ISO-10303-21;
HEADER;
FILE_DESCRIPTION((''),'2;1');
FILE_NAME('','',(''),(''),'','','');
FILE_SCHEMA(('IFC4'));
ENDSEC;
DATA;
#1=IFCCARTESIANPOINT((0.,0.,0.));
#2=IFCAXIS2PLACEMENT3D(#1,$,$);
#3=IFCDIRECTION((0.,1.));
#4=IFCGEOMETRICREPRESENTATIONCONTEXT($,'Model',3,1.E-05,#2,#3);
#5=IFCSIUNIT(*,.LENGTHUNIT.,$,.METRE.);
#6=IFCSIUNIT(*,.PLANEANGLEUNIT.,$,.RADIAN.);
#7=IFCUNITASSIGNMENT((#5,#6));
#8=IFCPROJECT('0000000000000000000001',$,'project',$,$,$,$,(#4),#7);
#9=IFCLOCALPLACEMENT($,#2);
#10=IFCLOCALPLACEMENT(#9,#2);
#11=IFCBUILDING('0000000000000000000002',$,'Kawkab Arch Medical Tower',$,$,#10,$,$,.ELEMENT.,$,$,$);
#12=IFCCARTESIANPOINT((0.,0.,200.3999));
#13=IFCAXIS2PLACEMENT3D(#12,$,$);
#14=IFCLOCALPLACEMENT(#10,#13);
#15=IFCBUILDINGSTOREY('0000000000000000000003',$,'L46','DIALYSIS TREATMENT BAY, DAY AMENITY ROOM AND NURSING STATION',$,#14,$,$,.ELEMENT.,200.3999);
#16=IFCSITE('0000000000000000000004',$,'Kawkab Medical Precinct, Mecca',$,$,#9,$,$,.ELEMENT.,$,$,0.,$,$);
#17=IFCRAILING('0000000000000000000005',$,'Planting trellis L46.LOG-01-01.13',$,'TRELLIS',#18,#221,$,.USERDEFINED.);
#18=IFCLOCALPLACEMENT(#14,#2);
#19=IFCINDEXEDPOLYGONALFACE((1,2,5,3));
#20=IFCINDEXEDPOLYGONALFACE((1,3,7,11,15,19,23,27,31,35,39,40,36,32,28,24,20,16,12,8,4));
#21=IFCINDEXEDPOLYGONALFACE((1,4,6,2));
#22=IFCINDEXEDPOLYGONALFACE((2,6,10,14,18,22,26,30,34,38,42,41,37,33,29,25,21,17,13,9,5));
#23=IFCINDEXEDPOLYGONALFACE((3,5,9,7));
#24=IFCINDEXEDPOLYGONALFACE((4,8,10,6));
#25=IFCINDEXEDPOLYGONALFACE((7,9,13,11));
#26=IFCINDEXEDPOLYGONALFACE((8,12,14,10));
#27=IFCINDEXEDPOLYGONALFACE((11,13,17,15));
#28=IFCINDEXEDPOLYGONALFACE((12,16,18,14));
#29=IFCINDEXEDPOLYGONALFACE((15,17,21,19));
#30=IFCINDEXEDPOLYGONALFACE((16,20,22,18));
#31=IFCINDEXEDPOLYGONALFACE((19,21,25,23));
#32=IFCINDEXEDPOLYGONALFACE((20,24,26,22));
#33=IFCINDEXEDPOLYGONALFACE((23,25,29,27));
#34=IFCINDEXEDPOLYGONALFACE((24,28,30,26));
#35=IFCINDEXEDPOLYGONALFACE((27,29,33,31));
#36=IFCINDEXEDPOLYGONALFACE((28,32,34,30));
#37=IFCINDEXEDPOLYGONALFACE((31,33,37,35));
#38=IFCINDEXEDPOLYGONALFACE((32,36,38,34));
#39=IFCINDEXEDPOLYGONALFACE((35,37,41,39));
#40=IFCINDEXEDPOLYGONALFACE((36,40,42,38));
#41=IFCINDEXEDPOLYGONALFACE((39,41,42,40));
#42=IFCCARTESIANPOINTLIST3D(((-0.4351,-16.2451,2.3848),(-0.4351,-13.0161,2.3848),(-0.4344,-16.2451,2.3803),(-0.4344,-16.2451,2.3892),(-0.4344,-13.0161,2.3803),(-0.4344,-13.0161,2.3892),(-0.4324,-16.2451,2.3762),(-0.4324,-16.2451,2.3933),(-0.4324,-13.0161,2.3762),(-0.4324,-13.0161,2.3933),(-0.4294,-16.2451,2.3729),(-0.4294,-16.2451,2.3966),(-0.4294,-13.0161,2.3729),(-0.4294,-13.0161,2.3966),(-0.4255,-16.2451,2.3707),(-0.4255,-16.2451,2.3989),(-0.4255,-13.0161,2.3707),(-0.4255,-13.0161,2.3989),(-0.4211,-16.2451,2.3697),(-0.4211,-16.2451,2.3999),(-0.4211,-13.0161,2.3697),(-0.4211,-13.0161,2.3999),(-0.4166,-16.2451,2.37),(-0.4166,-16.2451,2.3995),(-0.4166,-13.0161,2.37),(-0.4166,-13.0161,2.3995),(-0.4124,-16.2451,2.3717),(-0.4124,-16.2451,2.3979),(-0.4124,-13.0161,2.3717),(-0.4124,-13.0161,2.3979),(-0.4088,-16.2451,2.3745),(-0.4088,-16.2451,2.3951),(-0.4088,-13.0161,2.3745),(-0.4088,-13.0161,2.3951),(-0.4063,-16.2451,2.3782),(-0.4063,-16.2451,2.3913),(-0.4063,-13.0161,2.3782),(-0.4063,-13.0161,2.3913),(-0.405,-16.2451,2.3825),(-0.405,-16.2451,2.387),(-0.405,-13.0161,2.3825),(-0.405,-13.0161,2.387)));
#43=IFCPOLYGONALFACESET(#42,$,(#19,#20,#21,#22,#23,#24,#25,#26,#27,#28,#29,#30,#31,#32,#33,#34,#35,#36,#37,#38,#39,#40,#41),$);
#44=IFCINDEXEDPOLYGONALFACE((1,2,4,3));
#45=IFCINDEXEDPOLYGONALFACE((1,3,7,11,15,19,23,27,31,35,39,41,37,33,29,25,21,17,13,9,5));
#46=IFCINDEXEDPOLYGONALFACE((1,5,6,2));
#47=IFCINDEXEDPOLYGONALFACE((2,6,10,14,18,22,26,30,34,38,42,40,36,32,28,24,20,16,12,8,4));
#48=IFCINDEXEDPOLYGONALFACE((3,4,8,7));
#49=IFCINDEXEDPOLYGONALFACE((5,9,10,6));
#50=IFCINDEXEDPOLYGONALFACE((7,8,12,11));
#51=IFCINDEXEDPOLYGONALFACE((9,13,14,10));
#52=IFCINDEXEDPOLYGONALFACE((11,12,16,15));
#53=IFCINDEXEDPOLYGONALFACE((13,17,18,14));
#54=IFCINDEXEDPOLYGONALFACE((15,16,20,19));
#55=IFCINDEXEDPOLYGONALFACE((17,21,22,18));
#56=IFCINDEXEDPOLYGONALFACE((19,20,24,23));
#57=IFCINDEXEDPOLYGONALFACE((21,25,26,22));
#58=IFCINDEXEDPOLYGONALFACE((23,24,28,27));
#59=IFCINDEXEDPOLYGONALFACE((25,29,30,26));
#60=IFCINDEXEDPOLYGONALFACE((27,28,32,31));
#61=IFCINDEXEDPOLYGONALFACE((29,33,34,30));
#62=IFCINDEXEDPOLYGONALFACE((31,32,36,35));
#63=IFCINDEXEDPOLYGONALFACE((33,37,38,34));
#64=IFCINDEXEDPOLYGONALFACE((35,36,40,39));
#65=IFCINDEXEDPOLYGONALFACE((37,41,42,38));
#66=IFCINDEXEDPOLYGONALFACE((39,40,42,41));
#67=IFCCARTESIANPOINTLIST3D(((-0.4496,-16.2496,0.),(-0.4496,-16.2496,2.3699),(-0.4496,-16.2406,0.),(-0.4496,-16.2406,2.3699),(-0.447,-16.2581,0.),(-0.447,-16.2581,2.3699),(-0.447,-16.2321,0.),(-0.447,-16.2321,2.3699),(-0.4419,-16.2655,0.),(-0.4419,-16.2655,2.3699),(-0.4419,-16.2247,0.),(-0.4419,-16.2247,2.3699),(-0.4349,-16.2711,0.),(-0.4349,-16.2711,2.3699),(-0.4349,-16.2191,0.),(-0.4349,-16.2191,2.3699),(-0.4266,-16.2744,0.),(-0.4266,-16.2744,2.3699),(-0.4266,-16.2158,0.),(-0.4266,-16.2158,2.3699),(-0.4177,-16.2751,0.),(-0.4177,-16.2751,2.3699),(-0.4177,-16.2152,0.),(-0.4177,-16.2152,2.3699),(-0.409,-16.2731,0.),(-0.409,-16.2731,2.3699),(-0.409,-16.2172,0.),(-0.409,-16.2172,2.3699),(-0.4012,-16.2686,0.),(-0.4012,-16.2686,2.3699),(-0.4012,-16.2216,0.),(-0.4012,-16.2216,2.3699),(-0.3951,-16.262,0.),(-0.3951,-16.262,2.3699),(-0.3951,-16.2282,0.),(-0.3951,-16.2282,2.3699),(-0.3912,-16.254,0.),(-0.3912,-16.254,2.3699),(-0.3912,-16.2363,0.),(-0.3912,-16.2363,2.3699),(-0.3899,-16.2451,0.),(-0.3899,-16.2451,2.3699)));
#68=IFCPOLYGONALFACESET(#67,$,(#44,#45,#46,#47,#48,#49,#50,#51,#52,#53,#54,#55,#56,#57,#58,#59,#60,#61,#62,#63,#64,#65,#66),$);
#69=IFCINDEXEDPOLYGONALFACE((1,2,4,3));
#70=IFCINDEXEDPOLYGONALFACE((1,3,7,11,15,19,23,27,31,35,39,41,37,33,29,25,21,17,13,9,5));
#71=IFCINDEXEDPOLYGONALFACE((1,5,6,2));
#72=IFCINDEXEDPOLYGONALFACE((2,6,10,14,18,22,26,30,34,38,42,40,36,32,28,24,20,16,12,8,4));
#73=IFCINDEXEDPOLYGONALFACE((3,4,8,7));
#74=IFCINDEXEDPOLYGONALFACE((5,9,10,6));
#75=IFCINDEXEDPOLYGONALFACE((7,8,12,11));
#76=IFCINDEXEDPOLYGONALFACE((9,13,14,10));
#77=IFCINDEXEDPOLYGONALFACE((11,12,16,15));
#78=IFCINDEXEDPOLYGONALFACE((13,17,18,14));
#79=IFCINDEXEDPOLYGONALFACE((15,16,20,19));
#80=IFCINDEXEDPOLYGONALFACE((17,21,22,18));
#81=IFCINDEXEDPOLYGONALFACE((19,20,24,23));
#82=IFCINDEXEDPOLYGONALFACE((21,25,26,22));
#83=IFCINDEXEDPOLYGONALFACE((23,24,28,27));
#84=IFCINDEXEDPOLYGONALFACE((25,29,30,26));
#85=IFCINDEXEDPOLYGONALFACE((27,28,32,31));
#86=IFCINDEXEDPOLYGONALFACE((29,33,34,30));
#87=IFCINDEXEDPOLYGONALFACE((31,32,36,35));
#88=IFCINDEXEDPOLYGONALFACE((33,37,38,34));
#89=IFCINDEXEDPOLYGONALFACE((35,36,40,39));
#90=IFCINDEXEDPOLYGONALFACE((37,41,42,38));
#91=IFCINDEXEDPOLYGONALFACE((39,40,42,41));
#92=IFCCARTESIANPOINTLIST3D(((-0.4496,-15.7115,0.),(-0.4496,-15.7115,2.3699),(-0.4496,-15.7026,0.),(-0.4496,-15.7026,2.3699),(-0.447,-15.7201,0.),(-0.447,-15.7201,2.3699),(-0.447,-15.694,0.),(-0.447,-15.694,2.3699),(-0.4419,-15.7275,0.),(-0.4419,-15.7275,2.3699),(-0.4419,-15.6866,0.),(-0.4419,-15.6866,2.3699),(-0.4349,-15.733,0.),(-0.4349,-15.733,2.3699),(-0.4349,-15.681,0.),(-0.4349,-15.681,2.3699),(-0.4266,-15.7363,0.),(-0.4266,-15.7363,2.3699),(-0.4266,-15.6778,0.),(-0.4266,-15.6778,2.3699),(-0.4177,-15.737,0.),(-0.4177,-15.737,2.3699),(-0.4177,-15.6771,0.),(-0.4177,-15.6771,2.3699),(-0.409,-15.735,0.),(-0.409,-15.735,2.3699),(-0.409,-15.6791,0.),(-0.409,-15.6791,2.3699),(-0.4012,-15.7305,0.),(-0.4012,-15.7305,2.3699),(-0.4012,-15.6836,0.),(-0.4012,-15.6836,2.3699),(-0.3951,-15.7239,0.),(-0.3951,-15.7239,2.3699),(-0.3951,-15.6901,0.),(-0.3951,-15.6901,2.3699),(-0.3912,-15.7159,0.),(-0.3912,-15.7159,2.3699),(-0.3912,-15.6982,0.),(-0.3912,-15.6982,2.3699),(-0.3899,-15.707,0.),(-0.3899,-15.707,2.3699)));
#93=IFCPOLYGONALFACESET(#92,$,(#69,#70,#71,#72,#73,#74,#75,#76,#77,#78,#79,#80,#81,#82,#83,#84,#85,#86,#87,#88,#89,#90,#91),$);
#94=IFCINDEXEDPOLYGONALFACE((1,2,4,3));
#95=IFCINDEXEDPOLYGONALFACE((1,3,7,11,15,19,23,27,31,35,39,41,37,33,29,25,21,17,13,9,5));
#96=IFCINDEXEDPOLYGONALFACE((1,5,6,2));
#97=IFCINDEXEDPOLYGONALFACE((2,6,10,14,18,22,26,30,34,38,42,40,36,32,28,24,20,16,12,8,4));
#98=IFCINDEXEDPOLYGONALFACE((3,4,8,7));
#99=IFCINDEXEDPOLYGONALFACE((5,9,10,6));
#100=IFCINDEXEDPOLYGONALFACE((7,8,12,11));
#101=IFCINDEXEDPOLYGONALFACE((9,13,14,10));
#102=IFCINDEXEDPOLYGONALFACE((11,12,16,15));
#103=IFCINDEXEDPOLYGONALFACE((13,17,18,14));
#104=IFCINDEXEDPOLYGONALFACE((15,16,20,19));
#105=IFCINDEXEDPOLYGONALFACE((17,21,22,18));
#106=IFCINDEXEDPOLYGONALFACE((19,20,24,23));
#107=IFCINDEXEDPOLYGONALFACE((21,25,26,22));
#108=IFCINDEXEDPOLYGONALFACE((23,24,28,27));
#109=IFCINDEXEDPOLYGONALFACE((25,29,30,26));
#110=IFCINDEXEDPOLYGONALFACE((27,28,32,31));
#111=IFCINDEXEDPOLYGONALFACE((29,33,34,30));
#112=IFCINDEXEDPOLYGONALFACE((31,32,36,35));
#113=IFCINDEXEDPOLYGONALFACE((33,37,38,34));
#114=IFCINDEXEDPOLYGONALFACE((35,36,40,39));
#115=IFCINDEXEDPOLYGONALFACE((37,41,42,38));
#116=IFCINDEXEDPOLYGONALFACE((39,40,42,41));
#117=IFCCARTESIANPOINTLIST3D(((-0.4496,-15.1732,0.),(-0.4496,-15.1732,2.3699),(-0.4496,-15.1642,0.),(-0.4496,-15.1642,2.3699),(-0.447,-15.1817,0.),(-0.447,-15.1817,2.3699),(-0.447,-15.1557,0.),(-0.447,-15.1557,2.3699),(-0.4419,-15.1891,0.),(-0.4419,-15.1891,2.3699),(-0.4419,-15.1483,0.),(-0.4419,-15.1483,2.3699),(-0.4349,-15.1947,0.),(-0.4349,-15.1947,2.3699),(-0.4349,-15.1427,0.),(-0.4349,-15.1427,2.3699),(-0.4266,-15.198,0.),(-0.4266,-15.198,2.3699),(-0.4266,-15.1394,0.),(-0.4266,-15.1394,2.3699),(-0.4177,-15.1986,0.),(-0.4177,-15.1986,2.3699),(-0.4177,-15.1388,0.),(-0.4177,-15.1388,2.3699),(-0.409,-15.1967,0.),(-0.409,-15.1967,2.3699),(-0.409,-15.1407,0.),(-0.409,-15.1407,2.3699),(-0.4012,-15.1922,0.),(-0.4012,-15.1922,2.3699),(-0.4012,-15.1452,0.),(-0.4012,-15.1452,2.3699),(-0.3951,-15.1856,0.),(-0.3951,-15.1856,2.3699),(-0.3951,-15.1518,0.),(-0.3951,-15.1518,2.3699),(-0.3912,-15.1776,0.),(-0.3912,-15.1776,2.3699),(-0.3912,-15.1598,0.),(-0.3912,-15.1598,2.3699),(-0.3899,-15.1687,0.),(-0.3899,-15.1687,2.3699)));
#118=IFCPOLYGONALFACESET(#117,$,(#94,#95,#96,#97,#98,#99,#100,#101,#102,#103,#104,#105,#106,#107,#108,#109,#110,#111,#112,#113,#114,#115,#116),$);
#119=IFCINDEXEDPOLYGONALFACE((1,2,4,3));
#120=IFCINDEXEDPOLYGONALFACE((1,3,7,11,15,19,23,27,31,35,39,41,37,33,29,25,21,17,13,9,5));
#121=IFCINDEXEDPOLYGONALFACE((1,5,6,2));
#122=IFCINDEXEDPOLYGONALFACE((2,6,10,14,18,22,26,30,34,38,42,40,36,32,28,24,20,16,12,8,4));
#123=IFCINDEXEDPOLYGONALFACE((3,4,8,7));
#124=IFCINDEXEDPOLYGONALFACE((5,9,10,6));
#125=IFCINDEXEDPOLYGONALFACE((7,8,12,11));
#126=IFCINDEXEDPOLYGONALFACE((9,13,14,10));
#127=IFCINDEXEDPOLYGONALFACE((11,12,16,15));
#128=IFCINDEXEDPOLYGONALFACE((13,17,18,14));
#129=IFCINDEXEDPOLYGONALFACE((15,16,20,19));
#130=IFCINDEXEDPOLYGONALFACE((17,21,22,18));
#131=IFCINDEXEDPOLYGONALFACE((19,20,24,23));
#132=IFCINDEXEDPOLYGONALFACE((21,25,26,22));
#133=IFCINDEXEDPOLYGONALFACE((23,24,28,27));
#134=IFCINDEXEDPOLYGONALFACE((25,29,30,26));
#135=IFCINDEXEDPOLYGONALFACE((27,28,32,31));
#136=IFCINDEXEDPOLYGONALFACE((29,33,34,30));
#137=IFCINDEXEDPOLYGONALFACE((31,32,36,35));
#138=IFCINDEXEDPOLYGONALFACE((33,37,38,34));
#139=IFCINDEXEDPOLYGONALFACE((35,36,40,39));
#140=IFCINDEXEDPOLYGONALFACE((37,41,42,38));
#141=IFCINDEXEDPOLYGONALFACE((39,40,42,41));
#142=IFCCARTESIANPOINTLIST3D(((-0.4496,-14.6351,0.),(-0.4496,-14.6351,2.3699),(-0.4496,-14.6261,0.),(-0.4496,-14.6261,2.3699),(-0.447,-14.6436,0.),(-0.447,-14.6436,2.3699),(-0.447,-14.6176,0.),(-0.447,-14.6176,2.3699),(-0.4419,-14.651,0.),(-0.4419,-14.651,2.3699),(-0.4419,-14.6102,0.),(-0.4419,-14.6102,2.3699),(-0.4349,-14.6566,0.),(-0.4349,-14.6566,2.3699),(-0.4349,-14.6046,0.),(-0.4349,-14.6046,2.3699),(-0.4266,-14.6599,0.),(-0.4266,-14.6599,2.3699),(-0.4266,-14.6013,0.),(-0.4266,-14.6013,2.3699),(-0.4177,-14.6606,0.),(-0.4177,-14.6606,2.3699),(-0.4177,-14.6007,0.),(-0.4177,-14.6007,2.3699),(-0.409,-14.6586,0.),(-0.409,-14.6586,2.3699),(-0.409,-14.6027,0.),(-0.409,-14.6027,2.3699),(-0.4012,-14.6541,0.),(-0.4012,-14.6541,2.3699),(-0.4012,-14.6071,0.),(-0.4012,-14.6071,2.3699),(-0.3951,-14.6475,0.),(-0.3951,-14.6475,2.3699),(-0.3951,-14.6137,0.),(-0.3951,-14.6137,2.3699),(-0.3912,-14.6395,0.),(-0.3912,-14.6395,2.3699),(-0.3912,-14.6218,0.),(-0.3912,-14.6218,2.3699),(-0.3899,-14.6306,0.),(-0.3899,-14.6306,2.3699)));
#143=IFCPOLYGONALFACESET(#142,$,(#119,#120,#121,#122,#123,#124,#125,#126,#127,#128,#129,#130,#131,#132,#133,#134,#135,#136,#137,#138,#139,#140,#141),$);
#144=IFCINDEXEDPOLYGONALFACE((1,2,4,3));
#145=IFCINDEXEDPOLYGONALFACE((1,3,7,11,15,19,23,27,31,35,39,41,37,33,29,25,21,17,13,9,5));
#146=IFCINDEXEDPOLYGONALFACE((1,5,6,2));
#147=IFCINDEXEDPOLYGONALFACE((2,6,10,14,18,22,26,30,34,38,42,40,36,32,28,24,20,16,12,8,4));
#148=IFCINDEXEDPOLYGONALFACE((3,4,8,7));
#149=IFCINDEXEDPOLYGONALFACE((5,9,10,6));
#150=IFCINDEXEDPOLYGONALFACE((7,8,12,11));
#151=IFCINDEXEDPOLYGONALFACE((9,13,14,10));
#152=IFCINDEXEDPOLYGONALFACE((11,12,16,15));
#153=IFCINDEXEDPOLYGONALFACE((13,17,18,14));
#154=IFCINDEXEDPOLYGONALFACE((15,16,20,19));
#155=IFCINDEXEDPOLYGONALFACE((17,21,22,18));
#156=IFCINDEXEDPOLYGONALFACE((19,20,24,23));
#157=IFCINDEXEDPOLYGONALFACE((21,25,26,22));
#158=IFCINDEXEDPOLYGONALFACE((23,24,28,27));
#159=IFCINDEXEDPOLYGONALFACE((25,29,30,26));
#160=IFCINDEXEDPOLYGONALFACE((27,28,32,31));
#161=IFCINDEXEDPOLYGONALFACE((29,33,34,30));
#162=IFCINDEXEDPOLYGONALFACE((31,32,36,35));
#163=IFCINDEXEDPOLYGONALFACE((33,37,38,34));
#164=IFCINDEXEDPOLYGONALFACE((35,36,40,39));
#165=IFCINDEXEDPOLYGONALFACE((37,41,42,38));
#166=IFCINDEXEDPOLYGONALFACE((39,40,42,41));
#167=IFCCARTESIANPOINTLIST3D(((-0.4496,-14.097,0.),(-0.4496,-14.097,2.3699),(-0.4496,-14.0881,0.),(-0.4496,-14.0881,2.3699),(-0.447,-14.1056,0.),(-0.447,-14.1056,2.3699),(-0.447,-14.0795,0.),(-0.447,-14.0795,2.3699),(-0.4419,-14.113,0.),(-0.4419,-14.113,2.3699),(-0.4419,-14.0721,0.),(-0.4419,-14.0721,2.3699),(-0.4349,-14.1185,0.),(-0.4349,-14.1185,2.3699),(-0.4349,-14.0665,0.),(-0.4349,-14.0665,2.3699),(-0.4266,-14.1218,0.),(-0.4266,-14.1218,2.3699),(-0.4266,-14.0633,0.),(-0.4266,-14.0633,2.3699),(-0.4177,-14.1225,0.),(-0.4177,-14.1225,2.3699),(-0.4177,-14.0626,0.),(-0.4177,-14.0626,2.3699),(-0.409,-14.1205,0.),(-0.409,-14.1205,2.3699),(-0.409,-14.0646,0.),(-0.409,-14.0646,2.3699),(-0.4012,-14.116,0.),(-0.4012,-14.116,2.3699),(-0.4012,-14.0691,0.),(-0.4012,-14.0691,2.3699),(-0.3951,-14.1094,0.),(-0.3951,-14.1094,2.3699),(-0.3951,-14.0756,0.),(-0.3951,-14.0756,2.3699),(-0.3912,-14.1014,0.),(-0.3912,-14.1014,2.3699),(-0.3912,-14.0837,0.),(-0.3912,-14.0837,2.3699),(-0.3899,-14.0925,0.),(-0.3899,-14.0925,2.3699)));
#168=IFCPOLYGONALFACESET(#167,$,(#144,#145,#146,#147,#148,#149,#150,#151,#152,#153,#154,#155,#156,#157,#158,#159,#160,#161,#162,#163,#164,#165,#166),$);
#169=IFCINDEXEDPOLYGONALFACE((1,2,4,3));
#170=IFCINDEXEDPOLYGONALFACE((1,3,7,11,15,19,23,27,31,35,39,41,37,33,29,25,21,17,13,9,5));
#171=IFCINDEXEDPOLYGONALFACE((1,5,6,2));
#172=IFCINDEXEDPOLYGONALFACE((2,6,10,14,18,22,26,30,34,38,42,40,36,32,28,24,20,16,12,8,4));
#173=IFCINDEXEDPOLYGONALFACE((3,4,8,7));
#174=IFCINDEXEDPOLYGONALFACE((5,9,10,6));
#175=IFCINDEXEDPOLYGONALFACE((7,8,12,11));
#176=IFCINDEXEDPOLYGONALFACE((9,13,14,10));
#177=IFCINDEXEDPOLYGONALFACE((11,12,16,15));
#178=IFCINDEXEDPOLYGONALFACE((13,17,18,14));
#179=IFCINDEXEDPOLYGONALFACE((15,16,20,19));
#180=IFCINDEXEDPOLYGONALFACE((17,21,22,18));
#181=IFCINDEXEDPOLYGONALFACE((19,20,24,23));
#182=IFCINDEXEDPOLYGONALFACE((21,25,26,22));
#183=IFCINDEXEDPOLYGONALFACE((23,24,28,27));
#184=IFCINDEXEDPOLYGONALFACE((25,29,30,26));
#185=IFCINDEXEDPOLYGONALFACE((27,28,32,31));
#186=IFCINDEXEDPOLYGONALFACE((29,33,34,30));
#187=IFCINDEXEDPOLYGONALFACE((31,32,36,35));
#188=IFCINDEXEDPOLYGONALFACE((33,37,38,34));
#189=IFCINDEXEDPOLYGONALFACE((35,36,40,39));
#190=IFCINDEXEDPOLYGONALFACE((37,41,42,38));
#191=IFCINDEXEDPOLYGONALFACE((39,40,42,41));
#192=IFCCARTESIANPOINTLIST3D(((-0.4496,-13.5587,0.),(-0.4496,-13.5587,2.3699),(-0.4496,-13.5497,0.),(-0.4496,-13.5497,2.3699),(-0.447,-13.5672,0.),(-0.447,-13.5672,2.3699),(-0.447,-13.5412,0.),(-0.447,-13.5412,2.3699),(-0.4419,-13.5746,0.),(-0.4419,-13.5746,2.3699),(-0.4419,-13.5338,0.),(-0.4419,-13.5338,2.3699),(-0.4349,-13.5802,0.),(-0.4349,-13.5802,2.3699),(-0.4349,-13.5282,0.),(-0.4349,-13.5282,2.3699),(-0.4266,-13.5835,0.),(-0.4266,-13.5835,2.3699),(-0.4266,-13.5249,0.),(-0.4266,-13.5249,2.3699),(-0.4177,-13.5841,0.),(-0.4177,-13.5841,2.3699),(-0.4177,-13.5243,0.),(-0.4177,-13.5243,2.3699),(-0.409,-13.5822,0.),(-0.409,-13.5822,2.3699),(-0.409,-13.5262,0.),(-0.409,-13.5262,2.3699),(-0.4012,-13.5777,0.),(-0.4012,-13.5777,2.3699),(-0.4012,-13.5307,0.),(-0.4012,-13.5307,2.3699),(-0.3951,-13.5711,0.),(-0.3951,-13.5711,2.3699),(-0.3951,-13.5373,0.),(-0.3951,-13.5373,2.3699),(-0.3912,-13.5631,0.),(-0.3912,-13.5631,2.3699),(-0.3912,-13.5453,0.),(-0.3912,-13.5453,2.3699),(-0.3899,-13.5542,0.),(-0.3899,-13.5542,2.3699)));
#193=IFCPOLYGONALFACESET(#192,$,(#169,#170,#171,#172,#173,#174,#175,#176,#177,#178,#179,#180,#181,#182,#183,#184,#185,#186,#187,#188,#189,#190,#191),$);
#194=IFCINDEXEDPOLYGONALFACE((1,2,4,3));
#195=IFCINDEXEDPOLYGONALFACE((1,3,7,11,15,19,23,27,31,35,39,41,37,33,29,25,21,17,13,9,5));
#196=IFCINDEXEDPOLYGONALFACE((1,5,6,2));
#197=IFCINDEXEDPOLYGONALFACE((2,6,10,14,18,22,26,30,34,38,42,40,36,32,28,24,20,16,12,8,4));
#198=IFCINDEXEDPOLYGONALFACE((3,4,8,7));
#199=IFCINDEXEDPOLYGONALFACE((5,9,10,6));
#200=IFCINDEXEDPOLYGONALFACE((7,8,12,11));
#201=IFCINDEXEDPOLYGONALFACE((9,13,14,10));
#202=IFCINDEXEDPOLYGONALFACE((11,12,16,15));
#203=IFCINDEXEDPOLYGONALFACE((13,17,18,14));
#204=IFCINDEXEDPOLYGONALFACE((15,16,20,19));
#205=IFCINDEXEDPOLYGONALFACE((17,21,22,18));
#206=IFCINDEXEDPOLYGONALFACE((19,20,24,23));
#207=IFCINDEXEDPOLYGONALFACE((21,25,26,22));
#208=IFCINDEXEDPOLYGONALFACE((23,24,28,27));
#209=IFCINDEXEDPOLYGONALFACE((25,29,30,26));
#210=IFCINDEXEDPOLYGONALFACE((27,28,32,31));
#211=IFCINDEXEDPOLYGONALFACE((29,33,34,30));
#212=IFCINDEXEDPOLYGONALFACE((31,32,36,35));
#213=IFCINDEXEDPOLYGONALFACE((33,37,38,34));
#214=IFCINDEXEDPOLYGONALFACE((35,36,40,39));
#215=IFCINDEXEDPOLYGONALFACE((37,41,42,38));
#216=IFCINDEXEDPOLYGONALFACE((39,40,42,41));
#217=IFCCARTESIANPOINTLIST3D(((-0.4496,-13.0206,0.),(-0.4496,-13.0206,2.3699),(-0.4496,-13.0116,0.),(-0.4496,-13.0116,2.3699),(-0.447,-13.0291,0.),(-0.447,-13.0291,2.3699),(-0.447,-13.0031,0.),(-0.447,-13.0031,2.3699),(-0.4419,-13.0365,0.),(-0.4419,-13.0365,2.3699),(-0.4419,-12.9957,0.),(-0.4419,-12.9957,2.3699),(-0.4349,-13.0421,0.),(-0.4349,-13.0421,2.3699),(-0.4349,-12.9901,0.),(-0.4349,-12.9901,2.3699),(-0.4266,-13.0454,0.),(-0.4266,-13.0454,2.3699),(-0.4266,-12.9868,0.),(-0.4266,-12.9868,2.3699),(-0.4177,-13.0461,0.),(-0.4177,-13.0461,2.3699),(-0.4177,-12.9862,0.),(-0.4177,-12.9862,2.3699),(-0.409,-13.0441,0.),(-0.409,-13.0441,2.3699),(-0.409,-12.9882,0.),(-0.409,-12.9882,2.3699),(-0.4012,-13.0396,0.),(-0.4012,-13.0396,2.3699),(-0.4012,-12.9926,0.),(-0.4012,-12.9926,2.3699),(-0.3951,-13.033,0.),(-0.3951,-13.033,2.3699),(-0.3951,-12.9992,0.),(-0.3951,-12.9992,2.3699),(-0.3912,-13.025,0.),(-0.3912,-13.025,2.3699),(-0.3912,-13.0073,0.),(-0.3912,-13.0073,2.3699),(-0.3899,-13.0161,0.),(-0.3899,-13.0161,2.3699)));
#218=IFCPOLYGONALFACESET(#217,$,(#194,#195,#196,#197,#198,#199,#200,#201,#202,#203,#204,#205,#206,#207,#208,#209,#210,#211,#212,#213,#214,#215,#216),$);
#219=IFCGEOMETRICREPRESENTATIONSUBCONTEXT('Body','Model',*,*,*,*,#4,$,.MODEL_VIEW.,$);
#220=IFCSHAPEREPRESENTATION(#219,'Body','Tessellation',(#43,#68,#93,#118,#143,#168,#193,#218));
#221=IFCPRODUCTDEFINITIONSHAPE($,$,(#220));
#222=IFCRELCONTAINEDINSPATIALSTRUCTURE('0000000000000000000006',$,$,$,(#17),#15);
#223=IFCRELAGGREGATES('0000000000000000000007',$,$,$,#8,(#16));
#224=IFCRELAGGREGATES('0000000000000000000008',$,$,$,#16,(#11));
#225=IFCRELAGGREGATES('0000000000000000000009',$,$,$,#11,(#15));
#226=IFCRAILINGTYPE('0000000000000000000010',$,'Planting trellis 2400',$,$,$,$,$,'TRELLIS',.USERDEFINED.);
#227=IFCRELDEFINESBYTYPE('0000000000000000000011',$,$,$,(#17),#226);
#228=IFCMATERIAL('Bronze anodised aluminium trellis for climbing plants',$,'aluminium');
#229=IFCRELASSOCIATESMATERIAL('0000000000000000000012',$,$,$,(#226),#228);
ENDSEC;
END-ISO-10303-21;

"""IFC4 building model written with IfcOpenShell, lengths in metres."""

from ifc_helpers import new_model, si_unit, direction, frame, origin, origin_2d, place, context, subcontext, project, spatial, circle, extrude, material, type_object, element, save


model = new_model("IFC4")

# Units and contexts
model_context = context("Model", 3, precision=1e-05, world=origin(), true_north=direction((0.0, 1.0)))
body_context = subcontext(model_context, "Body", "Model", "MODEL_VIEW")
ifc_project = project(units=[si_unit("LENGTHUNIT", "METRE"), si_unit("PLANEANGLEUNIT", "RADIAN")], contexts=[model_context])

# Site, building, storey
site_placement = place(None, origin())
site = spatial("IfcSite", under=ifc_project, at=site_placement, Name="Kawkab Medical Precinct, Mecca", CompositionType="ELEMENT", RefElevation=0.0)
building_placement = place(site_placement, origin())
building = spatial("IfcBuilding", under=site, at=building_placement, Name="Kawkab Arch Medical Tower", CompositionType="ELEMENT")
storey_placement = place(building_placement, frame((0.0, 0.0, 200.3999)))
storey = spatial("IfcBuildingStorey", under=building, at=storey_placement, Name="L46", Description="DIALYSIS TREATMENT BAY, DAY AMENITY ROOM AND NURSING STATION", CompositionType="ELEMENT", Elevation=200.3999)

# Railing
ifc_material_1 = material(Name="Bronze anodised aluminium trellis for climbing plants", Category="aluminium")
railing_type_1 = type_object("IfcRailingType", Name="Planting trellis 2400", ElementType="TRELLIS", PredefinedType="USERDEFINED", material=ifc_material_1)
railing_1_placement = place(storey_placement, frame((-0.4199, -16.2451, 0.0)))
element("IfcRailing", 1, at=railing_1_placement, inside=storey, type_object=railing_type_1, Name="Planting trellis L46.LOG-01-01.13", ObjectType="TRELLIS", PredefinedType="USERDEFINED", context=body_context, shape_type="SweptSolid", body=[
    extrude(circle(Radius=0.0151, at=origin_2d()), frame((0.0, 0.0, 2.3848), z_axis=(0.0, 1.0, 0.0), x_axis=(-1.0, 0.0, 0.0)), (0.0, 0.0, 1.0), 3.229),
    extrude(circle(Radius=0.03, at=origin_2d()), origin(), (0.0, 0.0, 1.0), 2.3699),
    extrude(circle(Radius=0.03, at=origin_2d()), frame((0.0, 0.5381, 0.0)), (0.0, 0.0, 1.0), 2.3699),
    extrude(circle(Radius=0.03, at=origin_2d()), frame((0.0, 1.0764, 0.0)), (0.0, 0.0, 1.0), 2.3699),
    extrude(circle(Radius=0.03, at=origin_2d()), frame((0.0, 1.6145, 0.0)), (0.0, 0.0, 1.0), 2.3699),
    extrude(circle(Radius=0.03, at=origin_2d()), frame((0.0, 2.1526, 0.0)), (0.0, 0.0, 1.0), 2.3699),
    extrude(circle(Radius=0.03, at=origin_2d()), frame((0.0, 2.6909, 0.0)), (0.0, 0.0, 1.0), 2.3699),
    extrude(circle(Radius=0.03, at=origin_2d()), frame((0.0, 3.229, 0.0)), (0.0, 0.0, 1.0), 2.3699),
])

save(model, "model.ifc")
